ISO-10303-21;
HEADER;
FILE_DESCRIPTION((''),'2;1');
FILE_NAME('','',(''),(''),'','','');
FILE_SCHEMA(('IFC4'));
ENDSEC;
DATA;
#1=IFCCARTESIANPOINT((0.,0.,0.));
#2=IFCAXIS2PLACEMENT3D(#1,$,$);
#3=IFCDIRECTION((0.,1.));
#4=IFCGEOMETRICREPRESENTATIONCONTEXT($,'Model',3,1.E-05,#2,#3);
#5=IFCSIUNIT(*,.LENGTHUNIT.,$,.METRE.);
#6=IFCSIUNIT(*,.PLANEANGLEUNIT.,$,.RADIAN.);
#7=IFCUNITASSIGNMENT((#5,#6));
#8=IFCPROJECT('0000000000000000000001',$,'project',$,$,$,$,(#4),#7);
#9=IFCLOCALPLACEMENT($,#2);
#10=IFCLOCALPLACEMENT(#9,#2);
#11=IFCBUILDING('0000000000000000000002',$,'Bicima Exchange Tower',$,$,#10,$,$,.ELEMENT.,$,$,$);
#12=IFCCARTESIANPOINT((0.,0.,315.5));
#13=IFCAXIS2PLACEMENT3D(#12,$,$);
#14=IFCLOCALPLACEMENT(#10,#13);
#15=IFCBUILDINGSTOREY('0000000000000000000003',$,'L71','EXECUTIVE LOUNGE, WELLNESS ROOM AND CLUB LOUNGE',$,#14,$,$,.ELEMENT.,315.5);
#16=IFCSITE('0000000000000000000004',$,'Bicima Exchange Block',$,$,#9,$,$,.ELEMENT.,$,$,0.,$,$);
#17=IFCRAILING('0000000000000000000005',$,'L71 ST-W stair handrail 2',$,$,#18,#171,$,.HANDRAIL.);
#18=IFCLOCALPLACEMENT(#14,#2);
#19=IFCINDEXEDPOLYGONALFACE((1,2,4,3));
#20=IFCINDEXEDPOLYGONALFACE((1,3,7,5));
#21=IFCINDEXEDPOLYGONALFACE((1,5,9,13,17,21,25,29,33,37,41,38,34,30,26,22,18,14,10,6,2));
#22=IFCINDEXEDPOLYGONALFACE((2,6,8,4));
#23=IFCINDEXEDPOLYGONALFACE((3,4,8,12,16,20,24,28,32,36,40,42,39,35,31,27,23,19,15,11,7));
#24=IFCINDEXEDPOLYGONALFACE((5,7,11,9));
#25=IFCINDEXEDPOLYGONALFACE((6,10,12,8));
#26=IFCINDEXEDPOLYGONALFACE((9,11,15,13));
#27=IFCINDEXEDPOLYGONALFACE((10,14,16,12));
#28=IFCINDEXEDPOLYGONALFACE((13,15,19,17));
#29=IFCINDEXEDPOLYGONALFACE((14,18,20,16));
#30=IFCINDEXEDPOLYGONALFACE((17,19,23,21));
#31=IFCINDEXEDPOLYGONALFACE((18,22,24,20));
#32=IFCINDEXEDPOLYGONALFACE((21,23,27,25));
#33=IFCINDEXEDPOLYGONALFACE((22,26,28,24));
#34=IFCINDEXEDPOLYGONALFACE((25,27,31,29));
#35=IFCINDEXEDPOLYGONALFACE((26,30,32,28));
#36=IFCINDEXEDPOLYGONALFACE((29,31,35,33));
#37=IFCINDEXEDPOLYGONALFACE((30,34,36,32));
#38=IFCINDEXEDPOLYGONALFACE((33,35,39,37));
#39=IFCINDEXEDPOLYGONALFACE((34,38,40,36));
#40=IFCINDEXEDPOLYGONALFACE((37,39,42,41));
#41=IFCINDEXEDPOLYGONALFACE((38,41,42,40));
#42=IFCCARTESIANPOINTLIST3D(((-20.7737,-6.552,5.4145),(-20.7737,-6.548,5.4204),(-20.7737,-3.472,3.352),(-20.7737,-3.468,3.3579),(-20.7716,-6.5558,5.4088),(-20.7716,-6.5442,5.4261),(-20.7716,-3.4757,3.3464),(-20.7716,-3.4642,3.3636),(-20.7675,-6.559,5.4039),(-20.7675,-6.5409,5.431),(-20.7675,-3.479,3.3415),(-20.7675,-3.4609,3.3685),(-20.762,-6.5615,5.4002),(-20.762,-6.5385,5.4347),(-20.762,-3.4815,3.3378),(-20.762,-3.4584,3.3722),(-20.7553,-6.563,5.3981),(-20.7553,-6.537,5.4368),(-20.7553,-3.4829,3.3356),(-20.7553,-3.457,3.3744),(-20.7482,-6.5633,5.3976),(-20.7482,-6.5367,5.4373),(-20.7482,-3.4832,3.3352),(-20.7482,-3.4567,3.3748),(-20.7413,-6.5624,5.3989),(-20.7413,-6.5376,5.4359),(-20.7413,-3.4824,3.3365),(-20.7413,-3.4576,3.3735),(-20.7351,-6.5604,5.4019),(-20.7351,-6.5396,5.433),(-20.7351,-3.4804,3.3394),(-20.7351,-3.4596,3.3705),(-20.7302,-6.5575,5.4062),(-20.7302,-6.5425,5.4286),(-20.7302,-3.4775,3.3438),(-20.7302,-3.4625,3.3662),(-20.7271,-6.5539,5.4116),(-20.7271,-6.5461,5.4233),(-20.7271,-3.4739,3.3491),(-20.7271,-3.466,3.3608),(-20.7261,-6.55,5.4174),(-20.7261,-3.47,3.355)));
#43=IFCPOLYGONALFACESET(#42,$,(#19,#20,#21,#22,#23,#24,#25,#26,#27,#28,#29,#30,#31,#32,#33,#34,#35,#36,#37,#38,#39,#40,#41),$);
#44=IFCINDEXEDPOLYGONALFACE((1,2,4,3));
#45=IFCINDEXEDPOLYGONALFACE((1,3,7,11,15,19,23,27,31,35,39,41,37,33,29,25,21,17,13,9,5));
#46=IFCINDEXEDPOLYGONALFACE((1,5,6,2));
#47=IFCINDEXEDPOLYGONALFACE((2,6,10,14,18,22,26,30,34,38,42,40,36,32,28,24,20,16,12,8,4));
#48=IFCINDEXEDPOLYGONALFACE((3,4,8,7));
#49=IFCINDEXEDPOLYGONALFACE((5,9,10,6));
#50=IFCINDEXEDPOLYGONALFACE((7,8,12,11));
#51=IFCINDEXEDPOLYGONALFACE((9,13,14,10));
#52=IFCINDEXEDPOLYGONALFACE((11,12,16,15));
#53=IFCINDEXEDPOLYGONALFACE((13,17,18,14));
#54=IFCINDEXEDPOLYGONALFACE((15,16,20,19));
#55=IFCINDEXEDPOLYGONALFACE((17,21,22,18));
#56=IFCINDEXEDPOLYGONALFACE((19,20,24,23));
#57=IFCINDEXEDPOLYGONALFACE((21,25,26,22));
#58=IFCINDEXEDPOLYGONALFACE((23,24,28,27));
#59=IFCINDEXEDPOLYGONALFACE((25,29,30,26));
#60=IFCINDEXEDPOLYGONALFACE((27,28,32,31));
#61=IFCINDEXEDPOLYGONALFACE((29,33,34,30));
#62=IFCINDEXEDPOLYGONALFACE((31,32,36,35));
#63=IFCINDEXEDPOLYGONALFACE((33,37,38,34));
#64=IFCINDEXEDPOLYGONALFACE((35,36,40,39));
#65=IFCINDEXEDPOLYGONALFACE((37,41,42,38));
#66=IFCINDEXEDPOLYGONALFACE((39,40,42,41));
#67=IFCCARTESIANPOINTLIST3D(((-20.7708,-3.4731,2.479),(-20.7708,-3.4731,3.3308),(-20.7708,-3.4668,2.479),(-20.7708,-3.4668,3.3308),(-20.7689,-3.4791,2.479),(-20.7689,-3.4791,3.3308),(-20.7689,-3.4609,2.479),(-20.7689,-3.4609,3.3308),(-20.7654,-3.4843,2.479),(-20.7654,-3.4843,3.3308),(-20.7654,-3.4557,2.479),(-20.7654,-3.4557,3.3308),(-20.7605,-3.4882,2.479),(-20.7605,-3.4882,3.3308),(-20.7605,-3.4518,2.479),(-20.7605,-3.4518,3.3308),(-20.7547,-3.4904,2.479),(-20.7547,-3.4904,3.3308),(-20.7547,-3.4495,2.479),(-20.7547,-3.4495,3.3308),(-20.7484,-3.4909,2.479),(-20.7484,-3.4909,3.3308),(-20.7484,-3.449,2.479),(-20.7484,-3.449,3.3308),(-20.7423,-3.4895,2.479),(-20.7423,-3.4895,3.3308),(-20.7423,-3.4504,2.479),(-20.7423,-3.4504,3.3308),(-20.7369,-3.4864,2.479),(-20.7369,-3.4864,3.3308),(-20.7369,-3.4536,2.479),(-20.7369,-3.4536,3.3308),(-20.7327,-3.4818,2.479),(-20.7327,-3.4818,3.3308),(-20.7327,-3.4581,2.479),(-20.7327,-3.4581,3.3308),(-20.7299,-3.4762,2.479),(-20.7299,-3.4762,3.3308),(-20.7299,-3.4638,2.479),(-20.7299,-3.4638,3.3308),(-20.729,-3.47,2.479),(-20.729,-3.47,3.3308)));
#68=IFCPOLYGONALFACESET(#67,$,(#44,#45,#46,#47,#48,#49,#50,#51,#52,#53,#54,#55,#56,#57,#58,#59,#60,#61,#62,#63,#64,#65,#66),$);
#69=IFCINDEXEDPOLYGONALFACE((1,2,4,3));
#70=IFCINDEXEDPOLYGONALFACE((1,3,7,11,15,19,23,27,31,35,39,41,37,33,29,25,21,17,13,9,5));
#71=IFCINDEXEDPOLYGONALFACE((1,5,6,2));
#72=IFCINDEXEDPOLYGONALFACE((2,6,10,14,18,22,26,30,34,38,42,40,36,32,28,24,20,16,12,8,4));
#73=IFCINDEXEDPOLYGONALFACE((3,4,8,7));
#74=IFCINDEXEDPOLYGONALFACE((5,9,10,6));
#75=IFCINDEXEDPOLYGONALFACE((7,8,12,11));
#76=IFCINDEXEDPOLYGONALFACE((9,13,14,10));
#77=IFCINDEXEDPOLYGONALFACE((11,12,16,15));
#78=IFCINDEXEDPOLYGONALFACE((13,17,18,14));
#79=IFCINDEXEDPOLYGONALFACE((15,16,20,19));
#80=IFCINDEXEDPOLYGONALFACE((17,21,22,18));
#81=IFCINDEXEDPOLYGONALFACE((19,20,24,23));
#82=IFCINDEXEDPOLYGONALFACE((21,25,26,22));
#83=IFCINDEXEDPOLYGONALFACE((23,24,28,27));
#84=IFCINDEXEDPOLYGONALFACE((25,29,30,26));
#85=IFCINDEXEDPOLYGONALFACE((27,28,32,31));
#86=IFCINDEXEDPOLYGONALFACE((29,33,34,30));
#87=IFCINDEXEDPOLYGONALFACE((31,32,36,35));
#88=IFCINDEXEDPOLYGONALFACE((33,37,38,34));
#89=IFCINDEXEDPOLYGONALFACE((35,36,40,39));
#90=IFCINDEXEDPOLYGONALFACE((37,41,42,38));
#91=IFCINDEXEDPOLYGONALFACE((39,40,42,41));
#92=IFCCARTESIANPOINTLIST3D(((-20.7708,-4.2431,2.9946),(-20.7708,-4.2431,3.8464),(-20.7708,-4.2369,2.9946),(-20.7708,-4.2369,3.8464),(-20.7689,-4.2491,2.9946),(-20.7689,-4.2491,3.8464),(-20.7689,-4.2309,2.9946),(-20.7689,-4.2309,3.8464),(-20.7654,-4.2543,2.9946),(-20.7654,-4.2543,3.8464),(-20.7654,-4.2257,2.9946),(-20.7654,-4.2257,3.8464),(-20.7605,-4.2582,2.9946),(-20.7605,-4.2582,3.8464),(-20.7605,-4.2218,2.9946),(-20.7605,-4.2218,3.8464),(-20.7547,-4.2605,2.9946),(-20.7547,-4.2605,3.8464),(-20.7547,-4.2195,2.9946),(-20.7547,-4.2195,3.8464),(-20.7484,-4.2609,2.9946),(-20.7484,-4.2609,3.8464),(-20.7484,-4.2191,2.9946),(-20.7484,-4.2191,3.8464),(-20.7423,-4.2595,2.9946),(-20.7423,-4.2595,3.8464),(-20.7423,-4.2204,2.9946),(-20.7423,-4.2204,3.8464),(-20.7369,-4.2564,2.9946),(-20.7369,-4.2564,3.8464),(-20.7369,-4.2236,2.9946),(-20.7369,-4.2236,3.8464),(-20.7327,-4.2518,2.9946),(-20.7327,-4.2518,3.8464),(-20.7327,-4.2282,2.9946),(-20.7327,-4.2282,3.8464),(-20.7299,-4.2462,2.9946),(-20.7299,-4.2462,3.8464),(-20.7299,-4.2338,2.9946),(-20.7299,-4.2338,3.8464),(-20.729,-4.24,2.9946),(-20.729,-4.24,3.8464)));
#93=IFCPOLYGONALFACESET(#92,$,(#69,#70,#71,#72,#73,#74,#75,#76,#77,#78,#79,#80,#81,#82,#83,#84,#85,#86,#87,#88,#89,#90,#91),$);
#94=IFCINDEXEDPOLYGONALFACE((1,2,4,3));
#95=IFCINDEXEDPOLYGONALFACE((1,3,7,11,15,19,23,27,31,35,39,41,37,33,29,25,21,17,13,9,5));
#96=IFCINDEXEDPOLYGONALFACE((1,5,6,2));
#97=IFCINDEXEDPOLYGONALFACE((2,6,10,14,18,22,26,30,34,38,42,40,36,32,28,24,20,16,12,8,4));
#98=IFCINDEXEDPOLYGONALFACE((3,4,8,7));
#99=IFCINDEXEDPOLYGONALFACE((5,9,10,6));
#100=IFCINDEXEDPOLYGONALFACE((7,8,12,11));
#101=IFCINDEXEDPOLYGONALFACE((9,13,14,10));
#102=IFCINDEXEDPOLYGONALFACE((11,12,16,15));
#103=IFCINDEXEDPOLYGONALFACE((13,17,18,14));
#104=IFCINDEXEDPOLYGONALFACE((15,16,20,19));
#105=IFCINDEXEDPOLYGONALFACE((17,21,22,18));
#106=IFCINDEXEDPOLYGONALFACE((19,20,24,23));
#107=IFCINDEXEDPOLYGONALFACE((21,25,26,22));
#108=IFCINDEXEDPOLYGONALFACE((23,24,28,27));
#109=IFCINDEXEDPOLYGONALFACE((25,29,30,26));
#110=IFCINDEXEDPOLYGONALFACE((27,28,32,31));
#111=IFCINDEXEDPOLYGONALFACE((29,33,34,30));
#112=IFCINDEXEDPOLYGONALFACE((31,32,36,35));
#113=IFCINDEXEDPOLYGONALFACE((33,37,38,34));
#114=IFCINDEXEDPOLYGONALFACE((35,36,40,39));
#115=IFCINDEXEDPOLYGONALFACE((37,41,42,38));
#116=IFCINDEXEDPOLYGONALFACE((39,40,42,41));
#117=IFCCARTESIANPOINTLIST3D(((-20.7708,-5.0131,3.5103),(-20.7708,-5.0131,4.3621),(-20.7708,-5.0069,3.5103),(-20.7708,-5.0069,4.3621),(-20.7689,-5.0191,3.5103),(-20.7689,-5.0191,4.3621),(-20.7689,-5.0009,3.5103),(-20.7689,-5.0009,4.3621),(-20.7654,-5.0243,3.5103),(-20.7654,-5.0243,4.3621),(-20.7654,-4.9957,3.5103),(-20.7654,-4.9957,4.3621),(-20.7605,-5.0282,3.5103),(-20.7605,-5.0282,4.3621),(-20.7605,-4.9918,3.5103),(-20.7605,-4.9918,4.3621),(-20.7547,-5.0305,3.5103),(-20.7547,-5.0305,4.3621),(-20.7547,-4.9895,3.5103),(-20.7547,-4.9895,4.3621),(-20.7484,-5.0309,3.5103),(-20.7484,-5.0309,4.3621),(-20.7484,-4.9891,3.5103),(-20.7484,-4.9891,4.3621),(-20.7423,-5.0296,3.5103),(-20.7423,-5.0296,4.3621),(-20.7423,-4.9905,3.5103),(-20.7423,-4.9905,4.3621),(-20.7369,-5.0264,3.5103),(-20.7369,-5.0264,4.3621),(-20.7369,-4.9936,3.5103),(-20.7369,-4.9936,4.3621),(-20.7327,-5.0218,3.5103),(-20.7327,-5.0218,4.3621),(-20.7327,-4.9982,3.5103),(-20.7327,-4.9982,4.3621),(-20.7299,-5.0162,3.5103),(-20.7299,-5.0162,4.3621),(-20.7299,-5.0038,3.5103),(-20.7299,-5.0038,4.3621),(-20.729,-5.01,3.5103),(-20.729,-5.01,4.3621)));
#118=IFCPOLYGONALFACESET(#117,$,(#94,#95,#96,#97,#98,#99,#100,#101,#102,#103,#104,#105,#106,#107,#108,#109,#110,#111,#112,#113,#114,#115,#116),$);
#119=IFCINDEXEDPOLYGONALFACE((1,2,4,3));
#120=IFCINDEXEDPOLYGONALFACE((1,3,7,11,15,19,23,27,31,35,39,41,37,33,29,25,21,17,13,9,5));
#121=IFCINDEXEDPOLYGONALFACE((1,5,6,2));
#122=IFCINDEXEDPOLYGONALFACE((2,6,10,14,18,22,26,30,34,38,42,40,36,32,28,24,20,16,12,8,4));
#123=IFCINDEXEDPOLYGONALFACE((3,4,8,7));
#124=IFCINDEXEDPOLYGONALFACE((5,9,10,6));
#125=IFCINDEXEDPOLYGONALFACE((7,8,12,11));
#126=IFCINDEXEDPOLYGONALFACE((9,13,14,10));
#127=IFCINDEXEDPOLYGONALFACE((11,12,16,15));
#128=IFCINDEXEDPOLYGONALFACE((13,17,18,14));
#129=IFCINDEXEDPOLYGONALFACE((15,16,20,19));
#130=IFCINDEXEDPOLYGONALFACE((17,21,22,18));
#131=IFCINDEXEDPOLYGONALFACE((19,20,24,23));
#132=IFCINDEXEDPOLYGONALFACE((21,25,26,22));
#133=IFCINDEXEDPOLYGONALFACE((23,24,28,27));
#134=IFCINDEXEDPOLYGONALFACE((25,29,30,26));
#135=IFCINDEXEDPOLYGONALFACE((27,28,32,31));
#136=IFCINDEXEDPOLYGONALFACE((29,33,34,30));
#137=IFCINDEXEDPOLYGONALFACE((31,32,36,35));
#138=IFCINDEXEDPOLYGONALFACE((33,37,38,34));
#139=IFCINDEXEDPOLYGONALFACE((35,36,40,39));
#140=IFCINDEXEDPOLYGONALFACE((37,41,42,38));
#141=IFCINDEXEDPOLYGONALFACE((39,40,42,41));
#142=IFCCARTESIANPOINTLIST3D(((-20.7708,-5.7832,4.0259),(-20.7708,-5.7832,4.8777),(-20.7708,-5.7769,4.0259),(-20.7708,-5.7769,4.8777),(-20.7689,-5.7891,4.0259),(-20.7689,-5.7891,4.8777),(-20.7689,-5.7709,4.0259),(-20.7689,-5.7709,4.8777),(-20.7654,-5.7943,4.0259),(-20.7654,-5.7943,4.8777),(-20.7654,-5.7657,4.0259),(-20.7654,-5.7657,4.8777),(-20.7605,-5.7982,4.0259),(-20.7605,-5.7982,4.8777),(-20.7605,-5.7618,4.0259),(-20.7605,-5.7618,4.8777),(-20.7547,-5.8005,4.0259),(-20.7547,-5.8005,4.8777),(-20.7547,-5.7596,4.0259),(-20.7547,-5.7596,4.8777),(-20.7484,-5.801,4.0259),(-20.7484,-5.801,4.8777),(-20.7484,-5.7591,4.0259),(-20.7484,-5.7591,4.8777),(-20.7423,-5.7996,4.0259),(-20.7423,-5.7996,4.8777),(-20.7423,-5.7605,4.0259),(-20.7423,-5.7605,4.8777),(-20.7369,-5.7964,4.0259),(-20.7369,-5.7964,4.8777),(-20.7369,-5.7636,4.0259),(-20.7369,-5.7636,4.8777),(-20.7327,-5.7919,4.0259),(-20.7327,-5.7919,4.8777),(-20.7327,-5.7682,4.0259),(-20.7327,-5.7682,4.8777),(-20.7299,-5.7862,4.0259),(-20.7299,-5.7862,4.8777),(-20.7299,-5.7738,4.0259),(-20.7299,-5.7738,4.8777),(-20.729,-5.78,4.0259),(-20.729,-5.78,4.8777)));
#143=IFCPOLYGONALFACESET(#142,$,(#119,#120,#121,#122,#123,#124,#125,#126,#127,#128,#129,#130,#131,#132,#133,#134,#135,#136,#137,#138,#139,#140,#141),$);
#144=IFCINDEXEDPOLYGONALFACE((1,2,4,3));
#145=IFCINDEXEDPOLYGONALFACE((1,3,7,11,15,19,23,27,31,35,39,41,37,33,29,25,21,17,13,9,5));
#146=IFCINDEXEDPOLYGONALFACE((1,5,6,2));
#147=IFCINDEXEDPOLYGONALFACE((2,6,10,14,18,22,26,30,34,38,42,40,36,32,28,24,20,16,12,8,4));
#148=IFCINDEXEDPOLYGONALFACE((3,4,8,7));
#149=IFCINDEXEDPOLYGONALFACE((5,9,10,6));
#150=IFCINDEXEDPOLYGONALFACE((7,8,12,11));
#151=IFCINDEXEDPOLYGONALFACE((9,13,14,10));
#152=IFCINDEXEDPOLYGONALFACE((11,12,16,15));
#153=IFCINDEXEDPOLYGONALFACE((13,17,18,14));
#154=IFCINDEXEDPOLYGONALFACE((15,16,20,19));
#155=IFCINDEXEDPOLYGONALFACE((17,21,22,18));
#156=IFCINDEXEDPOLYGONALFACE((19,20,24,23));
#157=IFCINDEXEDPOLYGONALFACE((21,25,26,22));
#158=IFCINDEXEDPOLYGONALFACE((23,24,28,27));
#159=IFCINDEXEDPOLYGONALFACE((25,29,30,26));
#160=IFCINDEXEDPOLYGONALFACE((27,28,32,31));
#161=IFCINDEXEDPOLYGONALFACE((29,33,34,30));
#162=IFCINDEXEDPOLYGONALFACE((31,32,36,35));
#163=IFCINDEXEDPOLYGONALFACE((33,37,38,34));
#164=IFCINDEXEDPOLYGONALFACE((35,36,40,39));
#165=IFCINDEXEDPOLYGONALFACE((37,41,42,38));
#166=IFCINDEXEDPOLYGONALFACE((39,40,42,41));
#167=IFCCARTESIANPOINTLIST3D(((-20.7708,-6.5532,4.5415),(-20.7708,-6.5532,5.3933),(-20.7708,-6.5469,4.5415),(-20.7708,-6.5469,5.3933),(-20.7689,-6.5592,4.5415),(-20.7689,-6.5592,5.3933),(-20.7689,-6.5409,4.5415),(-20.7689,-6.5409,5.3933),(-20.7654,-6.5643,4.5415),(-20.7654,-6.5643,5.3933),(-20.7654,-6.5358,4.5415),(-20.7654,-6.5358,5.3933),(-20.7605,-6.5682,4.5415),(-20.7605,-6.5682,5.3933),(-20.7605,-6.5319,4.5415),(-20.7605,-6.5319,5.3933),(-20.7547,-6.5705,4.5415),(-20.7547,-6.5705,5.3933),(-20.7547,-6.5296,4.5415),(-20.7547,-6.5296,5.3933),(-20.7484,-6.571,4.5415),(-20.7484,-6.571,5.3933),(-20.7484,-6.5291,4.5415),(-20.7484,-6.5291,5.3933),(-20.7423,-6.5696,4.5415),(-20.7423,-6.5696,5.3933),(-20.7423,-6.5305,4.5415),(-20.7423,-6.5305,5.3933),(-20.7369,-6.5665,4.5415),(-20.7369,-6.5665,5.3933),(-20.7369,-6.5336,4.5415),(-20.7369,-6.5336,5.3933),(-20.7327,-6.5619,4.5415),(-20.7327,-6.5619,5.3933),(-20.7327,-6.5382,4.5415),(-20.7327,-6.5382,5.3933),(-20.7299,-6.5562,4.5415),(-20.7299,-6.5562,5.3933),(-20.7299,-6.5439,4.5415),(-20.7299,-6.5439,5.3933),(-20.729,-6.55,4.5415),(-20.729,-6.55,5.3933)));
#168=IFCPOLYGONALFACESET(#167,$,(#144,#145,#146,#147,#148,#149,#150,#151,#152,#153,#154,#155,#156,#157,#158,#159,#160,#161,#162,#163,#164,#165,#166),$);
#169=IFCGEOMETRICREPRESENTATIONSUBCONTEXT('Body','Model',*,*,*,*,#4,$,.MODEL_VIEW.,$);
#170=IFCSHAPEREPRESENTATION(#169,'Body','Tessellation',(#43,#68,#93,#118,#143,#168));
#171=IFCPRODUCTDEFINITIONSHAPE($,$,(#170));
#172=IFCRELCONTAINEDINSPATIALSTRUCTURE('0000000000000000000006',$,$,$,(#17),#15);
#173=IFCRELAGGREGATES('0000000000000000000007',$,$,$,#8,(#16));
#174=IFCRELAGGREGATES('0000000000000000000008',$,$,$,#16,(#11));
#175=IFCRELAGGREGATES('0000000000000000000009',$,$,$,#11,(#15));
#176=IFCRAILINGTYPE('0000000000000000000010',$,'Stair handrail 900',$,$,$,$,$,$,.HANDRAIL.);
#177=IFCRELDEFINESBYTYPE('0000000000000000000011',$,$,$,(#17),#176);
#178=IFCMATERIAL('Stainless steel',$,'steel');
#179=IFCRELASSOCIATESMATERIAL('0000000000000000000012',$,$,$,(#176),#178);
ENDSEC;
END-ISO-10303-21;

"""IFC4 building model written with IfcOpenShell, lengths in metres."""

from ifc_helpers import new_model, si_unit, direction, frame, origin, origin_2d, place, context, subcontext, project, spatial, circle, extrude, material, type_object, element, save


model = new_model("IFC4")

# Units and contexts
model_context = context("Model", 3, precision=1e-05, world=origin(), true_north=direction((0.0, 1.0)))
body_context = subcontext(model_context, "Body", "Model", "MODEL_VIEW")
ifc_project = project(units=[si_unit("LENGTHUNIT", "METRE"), si_unit("PLANEANGLEUNIT", "RADIAN")], contexts=[model_context])

# Site, building, storey
site_placement = place(None, origin())
site = spatial("IfcSite", under=ifc_project, at=site_placement, Name="Bicima Exchange Block", CompositionType="ELEMENT", RefElevation=0.0)
building_placement = place(site_placement, origin())
building = spatial("IfcBuilding", under=site, at=building_placement, Name="Bicima Exchange Tower", CompositionType="ELEMENT")
storey_placement = place(building_placement, frame((0.0, 0.0, 315.5)))
storey = spatial("IfcBuildingStorey", under=building, at=storey_placement, Name="L71", Description="EXECUTIVE LOUNGE, WELLNESS ROOM AND CLUB LOUNGE", CompositionType="ELEMENT", Elevation=315.5)

# Railing
ifc_material_1 = material(Name="Stainless steel", Category="steel")
railing_type = type_object("IfcRailingType", Name="Stair handrail 900", PredefinedType="HANDRAIL", material=ifc_material_1)
railing_placement = place(storey_placement, frame((-20.75, -3.47, 2.479)))
element("IfcRailing", 1, at=railing_placement, inside=storey, type_object=railing_type, Name="L71 ST-W stair handrail 2", PredefinedType="HANDRAIL", context=body_context, shape_type="SweptSolid", body=[
    extrude(circle(Radius=0.0239, at=origin_2d()), frame((0.0, 0.0, 0.876), z_axis=(0.0, -0.830914, 0.556401), x_axis=(1.0, 0.0, 0.0)), (0.0, 0.0, 1.0), 3.7068),
    extrude(circle(Radius=0.021, at=origin_2d()), origin(), (0.0, 0.0, 1.0), 0.8518),
    extrude(circle(Radius=0.021, at=origin_2d()), frame((0.0, -0.77, 0.5156)), (0.0, 0.0, 1.0), 0.8518),
    extrude(circle(Radius=0.021, at=origin_2d()), frame((0.0, -1.54, 1.0312)), (0.0, 0.0, 1.0), 0.8518),
    extrude(circle(Radius=0.021, at=origin_2d()), frame((0.0, -2.3101, 1.5469)), (0.0, 0.0, 1.0), 0.8518),
    extrude(circle(Radius=0.021, at=origin_2d()), frame((0.0, -3.0801, 2.0625)), (0.0, 0.0, 1.0), 0.8518),
])

save(model, "model.ifc")
